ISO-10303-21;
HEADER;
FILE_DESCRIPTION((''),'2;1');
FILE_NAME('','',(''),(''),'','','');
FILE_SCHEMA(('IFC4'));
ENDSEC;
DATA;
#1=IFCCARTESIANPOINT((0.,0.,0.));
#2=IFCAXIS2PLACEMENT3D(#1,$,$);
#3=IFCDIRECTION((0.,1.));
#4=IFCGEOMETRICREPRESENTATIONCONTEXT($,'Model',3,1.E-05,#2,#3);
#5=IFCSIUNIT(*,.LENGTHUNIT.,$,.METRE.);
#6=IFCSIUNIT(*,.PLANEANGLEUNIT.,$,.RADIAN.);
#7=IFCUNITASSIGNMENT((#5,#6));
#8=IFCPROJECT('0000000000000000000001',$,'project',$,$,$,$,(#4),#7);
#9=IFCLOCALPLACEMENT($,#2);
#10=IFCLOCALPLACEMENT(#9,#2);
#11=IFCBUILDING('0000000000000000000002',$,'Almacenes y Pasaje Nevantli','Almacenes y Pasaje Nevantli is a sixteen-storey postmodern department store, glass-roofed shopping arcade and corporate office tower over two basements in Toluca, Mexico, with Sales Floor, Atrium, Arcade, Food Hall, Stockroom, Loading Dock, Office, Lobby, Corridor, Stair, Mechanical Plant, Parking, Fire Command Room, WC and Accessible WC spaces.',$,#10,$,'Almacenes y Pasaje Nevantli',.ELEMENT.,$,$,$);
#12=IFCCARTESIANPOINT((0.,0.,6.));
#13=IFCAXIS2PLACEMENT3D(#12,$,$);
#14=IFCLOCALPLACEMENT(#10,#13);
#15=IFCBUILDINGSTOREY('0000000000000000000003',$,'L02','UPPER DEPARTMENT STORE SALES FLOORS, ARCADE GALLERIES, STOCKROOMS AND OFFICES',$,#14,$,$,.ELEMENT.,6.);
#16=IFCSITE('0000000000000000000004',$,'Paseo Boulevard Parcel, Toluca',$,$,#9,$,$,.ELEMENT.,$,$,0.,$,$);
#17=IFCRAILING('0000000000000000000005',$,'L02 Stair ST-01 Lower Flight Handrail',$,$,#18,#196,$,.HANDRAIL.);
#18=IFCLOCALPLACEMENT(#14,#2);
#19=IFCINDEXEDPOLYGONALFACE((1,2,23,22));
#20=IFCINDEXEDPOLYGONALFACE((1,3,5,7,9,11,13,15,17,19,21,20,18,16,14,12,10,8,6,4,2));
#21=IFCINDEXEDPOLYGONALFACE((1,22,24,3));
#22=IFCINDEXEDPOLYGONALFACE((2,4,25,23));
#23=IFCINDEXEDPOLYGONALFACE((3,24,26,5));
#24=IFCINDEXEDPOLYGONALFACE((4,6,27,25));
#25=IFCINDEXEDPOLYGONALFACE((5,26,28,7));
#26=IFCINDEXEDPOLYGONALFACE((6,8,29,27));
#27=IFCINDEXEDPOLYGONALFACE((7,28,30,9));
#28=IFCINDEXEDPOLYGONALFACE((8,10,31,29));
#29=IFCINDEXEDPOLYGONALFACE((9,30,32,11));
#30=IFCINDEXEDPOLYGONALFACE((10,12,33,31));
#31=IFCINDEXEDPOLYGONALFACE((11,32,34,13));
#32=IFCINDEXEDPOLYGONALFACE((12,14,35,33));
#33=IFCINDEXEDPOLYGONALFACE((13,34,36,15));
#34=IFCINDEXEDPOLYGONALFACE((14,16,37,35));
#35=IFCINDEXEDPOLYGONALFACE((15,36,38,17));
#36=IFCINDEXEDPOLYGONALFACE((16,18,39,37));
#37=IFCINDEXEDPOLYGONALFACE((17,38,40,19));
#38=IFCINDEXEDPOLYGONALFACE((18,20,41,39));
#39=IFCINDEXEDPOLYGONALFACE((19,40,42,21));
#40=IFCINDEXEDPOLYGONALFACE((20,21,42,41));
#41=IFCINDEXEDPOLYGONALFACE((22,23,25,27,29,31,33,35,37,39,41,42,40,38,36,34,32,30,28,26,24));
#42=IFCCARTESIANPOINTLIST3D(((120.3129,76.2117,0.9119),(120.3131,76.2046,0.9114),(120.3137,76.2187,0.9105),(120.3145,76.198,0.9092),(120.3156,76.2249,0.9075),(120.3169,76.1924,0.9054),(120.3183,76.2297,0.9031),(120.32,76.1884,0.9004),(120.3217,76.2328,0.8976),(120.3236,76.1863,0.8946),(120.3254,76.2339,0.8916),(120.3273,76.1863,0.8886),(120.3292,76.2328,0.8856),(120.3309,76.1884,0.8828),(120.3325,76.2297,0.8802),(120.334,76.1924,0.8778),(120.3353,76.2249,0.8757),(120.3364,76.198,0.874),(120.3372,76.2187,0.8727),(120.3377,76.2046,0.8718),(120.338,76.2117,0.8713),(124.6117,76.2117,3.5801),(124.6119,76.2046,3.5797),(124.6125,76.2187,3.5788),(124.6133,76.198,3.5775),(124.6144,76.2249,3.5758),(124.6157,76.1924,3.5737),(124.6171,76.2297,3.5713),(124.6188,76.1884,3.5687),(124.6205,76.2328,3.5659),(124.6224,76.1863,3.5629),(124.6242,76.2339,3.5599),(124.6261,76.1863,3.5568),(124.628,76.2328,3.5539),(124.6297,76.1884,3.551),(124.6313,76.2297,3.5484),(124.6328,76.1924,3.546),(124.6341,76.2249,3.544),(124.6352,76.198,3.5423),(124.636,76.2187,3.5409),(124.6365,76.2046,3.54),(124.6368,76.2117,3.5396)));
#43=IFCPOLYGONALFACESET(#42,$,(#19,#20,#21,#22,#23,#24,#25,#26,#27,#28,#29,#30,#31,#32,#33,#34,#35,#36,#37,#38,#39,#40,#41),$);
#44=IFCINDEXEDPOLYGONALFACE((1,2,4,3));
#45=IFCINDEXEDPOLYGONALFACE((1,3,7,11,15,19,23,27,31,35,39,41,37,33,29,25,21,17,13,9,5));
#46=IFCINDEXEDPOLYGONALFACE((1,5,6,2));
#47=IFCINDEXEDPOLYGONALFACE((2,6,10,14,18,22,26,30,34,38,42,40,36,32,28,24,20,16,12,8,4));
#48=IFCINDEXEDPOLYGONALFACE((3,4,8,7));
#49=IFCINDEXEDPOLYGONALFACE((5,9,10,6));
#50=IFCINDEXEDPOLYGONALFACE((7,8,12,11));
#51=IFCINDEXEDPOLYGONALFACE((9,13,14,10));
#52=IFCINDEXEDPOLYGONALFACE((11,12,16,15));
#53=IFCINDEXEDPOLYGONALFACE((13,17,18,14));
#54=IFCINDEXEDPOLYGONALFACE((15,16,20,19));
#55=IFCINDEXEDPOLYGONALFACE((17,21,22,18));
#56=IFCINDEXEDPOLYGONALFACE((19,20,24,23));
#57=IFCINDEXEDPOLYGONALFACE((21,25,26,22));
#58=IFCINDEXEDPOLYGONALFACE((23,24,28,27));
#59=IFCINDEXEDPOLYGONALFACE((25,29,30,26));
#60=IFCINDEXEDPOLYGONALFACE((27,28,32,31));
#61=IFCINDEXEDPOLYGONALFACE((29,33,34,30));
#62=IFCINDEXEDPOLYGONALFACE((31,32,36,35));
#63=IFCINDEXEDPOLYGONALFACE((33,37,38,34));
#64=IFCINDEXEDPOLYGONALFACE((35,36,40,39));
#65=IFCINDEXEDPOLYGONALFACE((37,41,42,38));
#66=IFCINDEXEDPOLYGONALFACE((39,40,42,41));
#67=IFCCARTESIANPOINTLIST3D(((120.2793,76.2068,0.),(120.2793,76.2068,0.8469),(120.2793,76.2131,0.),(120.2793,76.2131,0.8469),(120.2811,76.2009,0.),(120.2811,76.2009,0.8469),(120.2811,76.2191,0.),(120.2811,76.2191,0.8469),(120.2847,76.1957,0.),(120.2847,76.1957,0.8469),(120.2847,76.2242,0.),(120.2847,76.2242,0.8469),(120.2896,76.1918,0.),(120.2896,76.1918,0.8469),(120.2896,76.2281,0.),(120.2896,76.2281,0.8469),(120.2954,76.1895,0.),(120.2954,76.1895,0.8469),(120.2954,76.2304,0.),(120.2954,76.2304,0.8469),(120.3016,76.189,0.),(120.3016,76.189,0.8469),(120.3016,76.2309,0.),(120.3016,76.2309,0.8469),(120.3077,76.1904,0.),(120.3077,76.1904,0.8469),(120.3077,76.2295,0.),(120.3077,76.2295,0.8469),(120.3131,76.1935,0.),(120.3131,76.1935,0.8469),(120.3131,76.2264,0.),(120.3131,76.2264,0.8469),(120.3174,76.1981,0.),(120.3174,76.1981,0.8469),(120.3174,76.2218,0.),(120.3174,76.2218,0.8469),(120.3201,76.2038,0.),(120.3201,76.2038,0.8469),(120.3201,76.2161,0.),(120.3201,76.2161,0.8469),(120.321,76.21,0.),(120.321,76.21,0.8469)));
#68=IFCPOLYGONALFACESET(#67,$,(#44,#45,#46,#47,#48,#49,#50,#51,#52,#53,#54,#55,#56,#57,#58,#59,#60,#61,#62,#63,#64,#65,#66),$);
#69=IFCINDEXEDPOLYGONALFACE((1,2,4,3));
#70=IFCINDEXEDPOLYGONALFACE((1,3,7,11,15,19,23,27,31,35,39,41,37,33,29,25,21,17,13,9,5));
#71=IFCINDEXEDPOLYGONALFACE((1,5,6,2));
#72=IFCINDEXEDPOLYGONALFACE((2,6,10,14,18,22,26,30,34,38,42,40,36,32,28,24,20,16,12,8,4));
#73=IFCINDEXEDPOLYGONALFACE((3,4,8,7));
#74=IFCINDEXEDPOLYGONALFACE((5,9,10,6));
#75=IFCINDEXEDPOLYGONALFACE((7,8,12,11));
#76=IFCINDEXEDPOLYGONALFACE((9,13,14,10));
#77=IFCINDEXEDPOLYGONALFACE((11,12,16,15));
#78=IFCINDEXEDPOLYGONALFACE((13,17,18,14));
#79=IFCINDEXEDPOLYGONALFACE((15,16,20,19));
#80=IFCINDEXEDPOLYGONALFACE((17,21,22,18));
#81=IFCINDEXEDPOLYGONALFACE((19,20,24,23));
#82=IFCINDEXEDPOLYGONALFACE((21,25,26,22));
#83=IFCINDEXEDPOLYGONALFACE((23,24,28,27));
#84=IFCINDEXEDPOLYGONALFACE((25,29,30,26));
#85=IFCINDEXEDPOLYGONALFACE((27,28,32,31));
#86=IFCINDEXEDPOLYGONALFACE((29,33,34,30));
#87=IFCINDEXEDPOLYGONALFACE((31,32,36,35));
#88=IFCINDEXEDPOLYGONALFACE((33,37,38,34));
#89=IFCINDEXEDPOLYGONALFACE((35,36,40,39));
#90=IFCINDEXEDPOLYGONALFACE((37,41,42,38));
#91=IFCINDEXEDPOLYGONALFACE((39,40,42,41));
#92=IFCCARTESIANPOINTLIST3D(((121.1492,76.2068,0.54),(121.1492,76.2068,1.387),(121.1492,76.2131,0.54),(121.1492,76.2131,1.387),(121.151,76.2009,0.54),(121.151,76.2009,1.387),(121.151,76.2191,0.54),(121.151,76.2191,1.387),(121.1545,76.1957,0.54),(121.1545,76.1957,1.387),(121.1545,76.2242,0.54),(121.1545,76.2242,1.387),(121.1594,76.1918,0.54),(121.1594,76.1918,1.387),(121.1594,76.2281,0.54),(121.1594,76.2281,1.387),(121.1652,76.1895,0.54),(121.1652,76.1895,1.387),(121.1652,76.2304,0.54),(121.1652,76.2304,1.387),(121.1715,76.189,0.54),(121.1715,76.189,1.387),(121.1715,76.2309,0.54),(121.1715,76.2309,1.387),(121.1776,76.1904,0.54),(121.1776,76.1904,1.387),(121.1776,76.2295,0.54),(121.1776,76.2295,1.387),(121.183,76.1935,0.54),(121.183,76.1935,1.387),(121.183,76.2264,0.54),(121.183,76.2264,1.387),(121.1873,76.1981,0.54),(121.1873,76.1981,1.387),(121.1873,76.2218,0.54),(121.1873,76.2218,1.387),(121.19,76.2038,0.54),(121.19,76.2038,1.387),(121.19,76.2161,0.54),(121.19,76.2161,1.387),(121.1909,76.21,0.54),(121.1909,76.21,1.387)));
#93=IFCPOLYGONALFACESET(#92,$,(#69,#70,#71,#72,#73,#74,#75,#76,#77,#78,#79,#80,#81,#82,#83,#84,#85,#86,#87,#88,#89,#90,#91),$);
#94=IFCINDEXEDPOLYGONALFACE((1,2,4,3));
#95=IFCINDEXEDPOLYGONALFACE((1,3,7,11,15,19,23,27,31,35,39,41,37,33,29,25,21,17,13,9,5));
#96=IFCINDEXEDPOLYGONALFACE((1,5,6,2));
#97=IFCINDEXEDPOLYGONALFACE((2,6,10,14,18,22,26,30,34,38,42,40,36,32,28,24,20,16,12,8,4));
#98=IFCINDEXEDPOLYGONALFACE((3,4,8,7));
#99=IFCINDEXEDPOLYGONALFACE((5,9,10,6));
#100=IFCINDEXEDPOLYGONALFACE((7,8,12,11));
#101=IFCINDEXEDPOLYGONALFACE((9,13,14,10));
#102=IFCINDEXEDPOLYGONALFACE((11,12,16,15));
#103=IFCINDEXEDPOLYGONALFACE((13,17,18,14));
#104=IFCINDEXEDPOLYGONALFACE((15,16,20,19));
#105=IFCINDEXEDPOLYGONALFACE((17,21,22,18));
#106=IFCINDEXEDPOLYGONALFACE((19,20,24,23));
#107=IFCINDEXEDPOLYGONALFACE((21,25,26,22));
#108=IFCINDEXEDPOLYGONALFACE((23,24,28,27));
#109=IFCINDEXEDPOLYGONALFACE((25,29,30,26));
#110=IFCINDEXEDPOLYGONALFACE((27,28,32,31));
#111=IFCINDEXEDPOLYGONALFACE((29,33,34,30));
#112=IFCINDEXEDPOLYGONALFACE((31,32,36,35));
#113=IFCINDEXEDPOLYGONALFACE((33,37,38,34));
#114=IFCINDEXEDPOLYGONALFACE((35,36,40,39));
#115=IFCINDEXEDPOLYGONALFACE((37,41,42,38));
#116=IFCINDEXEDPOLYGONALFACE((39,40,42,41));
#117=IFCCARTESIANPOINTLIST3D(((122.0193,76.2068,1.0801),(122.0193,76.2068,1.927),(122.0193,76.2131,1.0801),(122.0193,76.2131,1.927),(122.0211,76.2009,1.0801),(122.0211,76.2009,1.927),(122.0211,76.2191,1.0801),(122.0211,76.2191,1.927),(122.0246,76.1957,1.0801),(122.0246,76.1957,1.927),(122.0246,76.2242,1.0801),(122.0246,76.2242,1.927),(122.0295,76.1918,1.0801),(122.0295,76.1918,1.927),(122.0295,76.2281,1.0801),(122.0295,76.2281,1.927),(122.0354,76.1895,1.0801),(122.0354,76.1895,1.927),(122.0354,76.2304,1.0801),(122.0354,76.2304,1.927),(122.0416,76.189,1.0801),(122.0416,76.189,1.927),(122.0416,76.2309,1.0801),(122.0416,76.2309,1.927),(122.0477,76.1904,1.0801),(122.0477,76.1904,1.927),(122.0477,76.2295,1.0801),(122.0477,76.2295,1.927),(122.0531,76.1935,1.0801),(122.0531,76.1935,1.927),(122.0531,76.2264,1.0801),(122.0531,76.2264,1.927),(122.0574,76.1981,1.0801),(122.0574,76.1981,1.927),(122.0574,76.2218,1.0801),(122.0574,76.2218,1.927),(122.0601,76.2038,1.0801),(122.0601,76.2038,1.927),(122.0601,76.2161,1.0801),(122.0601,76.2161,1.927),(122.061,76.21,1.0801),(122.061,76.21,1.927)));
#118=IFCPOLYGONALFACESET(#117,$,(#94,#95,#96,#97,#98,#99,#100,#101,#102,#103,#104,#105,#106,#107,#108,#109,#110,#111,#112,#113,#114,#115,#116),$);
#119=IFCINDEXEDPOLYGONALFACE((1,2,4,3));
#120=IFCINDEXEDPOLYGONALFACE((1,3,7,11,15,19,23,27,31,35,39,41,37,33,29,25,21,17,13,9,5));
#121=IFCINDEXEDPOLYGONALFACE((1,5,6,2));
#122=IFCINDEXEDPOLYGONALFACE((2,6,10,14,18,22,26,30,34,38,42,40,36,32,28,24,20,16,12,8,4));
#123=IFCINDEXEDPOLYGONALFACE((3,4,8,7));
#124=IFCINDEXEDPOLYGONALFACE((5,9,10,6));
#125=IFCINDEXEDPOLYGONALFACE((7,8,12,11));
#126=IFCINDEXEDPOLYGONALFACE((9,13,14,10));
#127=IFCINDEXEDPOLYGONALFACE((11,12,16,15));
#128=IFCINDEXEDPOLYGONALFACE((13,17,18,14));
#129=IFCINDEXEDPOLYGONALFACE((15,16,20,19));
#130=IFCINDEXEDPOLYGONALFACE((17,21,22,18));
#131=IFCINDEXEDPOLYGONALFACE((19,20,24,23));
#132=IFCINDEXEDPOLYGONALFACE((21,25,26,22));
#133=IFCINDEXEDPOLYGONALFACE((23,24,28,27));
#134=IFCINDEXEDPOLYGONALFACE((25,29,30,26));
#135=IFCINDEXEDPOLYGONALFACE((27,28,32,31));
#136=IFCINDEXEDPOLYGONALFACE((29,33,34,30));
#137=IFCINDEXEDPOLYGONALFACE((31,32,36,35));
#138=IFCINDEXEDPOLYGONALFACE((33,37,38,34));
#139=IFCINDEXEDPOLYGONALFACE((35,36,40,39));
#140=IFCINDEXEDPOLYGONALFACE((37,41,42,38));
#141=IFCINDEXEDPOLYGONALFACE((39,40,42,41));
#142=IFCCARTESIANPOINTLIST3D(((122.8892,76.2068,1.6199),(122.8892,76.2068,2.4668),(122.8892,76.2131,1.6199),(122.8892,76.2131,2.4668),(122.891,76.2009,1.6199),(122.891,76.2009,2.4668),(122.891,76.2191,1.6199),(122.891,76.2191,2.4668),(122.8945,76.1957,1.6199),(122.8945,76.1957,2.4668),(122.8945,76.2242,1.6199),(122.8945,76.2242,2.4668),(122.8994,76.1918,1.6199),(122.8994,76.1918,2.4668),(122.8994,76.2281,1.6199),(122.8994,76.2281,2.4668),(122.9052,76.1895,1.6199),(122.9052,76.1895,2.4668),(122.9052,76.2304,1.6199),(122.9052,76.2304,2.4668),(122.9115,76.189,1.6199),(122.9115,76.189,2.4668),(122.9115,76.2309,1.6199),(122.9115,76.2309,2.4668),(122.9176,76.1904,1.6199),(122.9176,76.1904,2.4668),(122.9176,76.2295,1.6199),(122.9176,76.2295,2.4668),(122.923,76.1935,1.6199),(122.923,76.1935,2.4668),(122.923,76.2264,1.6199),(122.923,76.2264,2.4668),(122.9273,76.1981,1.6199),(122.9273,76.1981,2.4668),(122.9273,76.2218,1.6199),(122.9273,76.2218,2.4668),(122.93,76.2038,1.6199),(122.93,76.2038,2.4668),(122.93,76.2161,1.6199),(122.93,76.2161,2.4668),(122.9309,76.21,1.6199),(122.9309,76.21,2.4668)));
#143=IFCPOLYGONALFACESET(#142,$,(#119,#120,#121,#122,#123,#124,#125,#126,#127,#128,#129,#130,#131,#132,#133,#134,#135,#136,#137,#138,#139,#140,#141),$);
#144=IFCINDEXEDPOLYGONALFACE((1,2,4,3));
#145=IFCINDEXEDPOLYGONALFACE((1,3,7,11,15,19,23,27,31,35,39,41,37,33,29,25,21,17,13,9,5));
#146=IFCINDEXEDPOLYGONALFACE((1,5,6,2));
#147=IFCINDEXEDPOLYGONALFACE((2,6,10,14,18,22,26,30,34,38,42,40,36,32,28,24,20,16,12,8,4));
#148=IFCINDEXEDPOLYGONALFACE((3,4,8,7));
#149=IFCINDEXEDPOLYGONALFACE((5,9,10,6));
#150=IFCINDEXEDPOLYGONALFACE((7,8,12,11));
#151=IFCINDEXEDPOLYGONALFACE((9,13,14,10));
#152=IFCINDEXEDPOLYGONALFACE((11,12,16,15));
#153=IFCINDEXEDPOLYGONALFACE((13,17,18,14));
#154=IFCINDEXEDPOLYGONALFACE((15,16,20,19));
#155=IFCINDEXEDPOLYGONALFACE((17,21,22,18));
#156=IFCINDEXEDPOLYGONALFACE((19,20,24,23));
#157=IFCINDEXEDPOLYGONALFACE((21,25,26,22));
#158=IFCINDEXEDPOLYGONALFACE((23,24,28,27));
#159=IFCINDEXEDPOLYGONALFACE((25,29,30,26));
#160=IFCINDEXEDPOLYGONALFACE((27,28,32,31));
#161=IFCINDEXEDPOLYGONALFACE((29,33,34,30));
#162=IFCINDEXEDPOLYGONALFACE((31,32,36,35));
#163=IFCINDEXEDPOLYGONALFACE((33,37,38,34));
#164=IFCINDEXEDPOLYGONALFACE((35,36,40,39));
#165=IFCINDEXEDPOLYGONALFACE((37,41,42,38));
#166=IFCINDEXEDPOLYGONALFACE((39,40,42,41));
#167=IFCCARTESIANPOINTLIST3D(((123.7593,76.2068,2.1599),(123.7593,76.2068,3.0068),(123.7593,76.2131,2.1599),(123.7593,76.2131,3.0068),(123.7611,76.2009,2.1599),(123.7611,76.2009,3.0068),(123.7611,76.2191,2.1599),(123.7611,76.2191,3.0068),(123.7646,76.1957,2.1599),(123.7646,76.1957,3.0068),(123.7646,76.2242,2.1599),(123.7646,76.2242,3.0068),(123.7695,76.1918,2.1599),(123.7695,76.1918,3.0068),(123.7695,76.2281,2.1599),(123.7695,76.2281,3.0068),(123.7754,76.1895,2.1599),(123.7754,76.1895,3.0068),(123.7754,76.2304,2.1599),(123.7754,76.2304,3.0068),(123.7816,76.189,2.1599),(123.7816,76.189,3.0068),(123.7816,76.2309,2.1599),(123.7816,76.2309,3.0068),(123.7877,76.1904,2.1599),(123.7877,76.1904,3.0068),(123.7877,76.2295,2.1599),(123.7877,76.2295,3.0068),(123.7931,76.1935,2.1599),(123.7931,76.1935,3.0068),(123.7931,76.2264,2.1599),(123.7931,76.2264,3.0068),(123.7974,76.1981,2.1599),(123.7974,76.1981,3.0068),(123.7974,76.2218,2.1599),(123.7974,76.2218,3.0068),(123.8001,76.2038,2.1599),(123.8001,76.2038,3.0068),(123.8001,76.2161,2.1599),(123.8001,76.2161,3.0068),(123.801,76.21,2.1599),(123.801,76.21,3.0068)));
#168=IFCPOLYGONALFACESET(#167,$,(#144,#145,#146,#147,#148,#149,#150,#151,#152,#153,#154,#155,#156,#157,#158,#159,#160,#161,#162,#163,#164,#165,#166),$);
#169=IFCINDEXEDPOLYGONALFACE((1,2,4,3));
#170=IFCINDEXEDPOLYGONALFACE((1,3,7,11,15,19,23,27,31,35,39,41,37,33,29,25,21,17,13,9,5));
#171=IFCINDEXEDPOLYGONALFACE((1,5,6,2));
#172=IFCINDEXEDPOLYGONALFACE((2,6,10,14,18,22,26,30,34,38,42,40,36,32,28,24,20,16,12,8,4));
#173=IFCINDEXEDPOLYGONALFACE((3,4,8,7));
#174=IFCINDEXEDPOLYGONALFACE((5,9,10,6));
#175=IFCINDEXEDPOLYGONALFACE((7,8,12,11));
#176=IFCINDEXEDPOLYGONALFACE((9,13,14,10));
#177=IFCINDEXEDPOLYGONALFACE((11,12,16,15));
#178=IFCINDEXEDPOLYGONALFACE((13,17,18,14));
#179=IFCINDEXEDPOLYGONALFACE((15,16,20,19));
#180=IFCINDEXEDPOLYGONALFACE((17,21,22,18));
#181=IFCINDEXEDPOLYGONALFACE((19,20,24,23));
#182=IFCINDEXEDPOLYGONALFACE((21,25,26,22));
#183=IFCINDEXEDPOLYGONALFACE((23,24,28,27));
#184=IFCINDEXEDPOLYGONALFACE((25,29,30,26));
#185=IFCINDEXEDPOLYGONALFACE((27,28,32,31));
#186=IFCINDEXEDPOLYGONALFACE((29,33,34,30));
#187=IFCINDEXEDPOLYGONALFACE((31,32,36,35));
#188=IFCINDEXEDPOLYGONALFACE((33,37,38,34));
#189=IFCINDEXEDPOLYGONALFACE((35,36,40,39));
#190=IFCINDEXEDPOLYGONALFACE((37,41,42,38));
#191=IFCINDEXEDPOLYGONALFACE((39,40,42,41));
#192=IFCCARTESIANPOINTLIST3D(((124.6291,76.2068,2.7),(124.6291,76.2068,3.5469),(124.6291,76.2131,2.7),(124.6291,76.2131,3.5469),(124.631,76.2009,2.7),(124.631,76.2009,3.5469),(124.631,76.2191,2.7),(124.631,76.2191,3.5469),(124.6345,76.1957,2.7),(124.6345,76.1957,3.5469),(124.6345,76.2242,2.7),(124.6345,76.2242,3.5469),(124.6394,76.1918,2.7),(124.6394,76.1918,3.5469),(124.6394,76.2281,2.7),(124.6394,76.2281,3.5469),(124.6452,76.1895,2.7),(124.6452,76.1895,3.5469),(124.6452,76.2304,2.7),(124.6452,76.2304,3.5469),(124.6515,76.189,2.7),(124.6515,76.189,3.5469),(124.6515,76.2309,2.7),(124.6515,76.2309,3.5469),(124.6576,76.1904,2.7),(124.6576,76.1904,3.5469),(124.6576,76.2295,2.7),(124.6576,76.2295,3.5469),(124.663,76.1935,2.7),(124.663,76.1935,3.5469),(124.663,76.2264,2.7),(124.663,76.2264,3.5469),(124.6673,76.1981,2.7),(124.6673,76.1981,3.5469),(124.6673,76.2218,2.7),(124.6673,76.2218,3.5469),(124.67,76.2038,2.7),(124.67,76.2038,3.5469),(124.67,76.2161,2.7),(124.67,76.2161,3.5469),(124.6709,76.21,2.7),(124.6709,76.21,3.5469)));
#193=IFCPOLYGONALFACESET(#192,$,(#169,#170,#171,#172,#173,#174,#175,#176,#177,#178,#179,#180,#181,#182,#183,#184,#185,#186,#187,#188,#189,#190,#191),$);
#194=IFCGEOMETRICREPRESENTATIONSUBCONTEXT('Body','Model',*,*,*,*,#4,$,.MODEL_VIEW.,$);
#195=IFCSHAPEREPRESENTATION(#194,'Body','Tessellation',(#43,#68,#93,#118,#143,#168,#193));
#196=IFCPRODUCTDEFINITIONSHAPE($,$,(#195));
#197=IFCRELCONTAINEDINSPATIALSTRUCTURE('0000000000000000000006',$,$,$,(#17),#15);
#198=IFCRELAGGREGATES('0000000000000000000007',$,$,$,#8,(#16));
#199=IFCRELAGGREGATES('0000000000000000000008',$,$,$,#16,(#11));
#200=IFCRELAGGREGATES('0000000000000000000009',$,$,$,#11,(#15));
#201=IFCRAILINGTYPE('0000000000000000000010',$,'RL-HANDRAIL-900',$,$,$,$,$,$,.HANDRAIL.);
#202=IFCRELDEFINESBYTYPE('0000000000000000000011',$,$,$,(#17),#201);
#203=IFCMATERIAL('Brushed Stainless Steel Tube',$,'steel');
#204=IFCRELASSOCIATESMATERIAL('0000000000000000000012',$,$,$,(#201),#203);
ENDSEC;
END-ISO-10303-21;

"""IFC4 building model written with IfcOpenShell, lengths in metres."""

from ifc_helpers import new_model, si_unit, direction, frame, origin, origin_2d, place, context, subcontext, project, spatial, circle, extrude, material, type_object, element, save


model = new_model("IFC4")

# Units and contexts
model_context = context("Model", 3, precision=1e-05, world=origin(), true_north=direction((0.0, 1.0)))
body_context = subcontext(model_context, "Body", "Model", "MODEL_VIEW")
ifc_project = project(units=[si_unit("LENGTHUNIT", "METRE"), si_unit("PLANEANGLEUNIT", "RADIAN")], contexts=[model_context])

# Site, building, storey
site_placement = place(None, origin())
site = spatial("IfcSite", under=ifc_project, at=site_placement, Name="Paseo Boulevard Parcel, Toluca", CompositionType="ELEMENT", RefElevation=0.0)
building_placement = place(site_placement, origin())
building = spatial("IfcBuilding", under=site, at=building_placement, Name="Almacenes y Pasaje Nevantli", Description="Almacenes y Pasaje Nevantli is a sixteen-storey postmodern department store, glass-roofed shopping arcade and corporate office tower over two basements in Toluca, Mexico, with Sales Floor, Atrium, Arcade, Food Hall, Stockroom, Loading Dock, Office, Lobby, Corridor, Stair, Mechanical Plant, Parking, Fire Command Room, WC and Accessible WC spaces.", LongName="Almacenes y Pasaje Nevantli", CompositionType="ELEMENT")
storey_placement = place(building_placement, frame((0.0, 0.0, 6.0)))
storey = spatial("IfcBuildingStorey", under=building, at=storey_placement, Name="L02", Description="UPPER DEPARTMENT STORE SALES FLOORS, ARCADE GALLERIES, STOCKROOMS AND OFFICES", CompositionType="ELEMENT", Elevation=6.0)

# Railing
ifc_material_1 = material(Name="Brushed Stainless Steel Tube", Category="steel")
railing_type_1 = type_object("IfcRailingType", Name="RL-HANDRAIL-900", PredefinedType="HANDRAIL", material=ifc_material_1)
railing_1_placement = place(storey_placement, frame((120.3, 76.21, 0.0)))
element("IfcRailing", 1, at=railing_1_placement, inside=storey, type_object=railing_type_1, Name="L02 Stair ST-01 Lower Flight Handrail", PredefinedType="HANDRAIL", context=body_context, shape_type="SweptSolid", body=[
    extrude(circle(Radius=0.0239, at=origin_2d()), frame((0.0254, 0.0, 0.8916), z_axis=(0.849636, 0.0, 0.527369), x_axis=(0.0, 1.0, 0.0)), (0.0, 0.0, 1.0), 5.0596),
    extrude(circle(Radius=0.021, at=origin_2d()), origin(), (0.0, 0.0, 1.0), 0.8469),
    extrude(circle(Radius=0.021, at=origin_2d()), frame((0.8699, 0.0, 0.54)), (0.0, 0.0, 1.0), 0.8469),
    extrude(circle(Radius=0.021, at=origin_2d()), frame((1.74, 0.0, 1.0801)), (0.0, 0.0, 1.0), 0.8469),
    extrude(circle(Radius=0.021, at=origin_2d()), frame((2.6099, 0.0, 1.6199)), (0.0, 0.0, 1.0), 0.8469),
    extrude(circle(Radius=0.021, at=origin_2d()), frame((3.48, 0.0, 2.1599)), (0.0, 0.0, 1.0), 0.8469),
    extrude(circle(Radius=0.021, at=origin_2d()), frame((4.3499, 0.0, 2.7)), (0.0, 0.0, 1.0), 0.8469),
])

save(model, "model.ifc")
